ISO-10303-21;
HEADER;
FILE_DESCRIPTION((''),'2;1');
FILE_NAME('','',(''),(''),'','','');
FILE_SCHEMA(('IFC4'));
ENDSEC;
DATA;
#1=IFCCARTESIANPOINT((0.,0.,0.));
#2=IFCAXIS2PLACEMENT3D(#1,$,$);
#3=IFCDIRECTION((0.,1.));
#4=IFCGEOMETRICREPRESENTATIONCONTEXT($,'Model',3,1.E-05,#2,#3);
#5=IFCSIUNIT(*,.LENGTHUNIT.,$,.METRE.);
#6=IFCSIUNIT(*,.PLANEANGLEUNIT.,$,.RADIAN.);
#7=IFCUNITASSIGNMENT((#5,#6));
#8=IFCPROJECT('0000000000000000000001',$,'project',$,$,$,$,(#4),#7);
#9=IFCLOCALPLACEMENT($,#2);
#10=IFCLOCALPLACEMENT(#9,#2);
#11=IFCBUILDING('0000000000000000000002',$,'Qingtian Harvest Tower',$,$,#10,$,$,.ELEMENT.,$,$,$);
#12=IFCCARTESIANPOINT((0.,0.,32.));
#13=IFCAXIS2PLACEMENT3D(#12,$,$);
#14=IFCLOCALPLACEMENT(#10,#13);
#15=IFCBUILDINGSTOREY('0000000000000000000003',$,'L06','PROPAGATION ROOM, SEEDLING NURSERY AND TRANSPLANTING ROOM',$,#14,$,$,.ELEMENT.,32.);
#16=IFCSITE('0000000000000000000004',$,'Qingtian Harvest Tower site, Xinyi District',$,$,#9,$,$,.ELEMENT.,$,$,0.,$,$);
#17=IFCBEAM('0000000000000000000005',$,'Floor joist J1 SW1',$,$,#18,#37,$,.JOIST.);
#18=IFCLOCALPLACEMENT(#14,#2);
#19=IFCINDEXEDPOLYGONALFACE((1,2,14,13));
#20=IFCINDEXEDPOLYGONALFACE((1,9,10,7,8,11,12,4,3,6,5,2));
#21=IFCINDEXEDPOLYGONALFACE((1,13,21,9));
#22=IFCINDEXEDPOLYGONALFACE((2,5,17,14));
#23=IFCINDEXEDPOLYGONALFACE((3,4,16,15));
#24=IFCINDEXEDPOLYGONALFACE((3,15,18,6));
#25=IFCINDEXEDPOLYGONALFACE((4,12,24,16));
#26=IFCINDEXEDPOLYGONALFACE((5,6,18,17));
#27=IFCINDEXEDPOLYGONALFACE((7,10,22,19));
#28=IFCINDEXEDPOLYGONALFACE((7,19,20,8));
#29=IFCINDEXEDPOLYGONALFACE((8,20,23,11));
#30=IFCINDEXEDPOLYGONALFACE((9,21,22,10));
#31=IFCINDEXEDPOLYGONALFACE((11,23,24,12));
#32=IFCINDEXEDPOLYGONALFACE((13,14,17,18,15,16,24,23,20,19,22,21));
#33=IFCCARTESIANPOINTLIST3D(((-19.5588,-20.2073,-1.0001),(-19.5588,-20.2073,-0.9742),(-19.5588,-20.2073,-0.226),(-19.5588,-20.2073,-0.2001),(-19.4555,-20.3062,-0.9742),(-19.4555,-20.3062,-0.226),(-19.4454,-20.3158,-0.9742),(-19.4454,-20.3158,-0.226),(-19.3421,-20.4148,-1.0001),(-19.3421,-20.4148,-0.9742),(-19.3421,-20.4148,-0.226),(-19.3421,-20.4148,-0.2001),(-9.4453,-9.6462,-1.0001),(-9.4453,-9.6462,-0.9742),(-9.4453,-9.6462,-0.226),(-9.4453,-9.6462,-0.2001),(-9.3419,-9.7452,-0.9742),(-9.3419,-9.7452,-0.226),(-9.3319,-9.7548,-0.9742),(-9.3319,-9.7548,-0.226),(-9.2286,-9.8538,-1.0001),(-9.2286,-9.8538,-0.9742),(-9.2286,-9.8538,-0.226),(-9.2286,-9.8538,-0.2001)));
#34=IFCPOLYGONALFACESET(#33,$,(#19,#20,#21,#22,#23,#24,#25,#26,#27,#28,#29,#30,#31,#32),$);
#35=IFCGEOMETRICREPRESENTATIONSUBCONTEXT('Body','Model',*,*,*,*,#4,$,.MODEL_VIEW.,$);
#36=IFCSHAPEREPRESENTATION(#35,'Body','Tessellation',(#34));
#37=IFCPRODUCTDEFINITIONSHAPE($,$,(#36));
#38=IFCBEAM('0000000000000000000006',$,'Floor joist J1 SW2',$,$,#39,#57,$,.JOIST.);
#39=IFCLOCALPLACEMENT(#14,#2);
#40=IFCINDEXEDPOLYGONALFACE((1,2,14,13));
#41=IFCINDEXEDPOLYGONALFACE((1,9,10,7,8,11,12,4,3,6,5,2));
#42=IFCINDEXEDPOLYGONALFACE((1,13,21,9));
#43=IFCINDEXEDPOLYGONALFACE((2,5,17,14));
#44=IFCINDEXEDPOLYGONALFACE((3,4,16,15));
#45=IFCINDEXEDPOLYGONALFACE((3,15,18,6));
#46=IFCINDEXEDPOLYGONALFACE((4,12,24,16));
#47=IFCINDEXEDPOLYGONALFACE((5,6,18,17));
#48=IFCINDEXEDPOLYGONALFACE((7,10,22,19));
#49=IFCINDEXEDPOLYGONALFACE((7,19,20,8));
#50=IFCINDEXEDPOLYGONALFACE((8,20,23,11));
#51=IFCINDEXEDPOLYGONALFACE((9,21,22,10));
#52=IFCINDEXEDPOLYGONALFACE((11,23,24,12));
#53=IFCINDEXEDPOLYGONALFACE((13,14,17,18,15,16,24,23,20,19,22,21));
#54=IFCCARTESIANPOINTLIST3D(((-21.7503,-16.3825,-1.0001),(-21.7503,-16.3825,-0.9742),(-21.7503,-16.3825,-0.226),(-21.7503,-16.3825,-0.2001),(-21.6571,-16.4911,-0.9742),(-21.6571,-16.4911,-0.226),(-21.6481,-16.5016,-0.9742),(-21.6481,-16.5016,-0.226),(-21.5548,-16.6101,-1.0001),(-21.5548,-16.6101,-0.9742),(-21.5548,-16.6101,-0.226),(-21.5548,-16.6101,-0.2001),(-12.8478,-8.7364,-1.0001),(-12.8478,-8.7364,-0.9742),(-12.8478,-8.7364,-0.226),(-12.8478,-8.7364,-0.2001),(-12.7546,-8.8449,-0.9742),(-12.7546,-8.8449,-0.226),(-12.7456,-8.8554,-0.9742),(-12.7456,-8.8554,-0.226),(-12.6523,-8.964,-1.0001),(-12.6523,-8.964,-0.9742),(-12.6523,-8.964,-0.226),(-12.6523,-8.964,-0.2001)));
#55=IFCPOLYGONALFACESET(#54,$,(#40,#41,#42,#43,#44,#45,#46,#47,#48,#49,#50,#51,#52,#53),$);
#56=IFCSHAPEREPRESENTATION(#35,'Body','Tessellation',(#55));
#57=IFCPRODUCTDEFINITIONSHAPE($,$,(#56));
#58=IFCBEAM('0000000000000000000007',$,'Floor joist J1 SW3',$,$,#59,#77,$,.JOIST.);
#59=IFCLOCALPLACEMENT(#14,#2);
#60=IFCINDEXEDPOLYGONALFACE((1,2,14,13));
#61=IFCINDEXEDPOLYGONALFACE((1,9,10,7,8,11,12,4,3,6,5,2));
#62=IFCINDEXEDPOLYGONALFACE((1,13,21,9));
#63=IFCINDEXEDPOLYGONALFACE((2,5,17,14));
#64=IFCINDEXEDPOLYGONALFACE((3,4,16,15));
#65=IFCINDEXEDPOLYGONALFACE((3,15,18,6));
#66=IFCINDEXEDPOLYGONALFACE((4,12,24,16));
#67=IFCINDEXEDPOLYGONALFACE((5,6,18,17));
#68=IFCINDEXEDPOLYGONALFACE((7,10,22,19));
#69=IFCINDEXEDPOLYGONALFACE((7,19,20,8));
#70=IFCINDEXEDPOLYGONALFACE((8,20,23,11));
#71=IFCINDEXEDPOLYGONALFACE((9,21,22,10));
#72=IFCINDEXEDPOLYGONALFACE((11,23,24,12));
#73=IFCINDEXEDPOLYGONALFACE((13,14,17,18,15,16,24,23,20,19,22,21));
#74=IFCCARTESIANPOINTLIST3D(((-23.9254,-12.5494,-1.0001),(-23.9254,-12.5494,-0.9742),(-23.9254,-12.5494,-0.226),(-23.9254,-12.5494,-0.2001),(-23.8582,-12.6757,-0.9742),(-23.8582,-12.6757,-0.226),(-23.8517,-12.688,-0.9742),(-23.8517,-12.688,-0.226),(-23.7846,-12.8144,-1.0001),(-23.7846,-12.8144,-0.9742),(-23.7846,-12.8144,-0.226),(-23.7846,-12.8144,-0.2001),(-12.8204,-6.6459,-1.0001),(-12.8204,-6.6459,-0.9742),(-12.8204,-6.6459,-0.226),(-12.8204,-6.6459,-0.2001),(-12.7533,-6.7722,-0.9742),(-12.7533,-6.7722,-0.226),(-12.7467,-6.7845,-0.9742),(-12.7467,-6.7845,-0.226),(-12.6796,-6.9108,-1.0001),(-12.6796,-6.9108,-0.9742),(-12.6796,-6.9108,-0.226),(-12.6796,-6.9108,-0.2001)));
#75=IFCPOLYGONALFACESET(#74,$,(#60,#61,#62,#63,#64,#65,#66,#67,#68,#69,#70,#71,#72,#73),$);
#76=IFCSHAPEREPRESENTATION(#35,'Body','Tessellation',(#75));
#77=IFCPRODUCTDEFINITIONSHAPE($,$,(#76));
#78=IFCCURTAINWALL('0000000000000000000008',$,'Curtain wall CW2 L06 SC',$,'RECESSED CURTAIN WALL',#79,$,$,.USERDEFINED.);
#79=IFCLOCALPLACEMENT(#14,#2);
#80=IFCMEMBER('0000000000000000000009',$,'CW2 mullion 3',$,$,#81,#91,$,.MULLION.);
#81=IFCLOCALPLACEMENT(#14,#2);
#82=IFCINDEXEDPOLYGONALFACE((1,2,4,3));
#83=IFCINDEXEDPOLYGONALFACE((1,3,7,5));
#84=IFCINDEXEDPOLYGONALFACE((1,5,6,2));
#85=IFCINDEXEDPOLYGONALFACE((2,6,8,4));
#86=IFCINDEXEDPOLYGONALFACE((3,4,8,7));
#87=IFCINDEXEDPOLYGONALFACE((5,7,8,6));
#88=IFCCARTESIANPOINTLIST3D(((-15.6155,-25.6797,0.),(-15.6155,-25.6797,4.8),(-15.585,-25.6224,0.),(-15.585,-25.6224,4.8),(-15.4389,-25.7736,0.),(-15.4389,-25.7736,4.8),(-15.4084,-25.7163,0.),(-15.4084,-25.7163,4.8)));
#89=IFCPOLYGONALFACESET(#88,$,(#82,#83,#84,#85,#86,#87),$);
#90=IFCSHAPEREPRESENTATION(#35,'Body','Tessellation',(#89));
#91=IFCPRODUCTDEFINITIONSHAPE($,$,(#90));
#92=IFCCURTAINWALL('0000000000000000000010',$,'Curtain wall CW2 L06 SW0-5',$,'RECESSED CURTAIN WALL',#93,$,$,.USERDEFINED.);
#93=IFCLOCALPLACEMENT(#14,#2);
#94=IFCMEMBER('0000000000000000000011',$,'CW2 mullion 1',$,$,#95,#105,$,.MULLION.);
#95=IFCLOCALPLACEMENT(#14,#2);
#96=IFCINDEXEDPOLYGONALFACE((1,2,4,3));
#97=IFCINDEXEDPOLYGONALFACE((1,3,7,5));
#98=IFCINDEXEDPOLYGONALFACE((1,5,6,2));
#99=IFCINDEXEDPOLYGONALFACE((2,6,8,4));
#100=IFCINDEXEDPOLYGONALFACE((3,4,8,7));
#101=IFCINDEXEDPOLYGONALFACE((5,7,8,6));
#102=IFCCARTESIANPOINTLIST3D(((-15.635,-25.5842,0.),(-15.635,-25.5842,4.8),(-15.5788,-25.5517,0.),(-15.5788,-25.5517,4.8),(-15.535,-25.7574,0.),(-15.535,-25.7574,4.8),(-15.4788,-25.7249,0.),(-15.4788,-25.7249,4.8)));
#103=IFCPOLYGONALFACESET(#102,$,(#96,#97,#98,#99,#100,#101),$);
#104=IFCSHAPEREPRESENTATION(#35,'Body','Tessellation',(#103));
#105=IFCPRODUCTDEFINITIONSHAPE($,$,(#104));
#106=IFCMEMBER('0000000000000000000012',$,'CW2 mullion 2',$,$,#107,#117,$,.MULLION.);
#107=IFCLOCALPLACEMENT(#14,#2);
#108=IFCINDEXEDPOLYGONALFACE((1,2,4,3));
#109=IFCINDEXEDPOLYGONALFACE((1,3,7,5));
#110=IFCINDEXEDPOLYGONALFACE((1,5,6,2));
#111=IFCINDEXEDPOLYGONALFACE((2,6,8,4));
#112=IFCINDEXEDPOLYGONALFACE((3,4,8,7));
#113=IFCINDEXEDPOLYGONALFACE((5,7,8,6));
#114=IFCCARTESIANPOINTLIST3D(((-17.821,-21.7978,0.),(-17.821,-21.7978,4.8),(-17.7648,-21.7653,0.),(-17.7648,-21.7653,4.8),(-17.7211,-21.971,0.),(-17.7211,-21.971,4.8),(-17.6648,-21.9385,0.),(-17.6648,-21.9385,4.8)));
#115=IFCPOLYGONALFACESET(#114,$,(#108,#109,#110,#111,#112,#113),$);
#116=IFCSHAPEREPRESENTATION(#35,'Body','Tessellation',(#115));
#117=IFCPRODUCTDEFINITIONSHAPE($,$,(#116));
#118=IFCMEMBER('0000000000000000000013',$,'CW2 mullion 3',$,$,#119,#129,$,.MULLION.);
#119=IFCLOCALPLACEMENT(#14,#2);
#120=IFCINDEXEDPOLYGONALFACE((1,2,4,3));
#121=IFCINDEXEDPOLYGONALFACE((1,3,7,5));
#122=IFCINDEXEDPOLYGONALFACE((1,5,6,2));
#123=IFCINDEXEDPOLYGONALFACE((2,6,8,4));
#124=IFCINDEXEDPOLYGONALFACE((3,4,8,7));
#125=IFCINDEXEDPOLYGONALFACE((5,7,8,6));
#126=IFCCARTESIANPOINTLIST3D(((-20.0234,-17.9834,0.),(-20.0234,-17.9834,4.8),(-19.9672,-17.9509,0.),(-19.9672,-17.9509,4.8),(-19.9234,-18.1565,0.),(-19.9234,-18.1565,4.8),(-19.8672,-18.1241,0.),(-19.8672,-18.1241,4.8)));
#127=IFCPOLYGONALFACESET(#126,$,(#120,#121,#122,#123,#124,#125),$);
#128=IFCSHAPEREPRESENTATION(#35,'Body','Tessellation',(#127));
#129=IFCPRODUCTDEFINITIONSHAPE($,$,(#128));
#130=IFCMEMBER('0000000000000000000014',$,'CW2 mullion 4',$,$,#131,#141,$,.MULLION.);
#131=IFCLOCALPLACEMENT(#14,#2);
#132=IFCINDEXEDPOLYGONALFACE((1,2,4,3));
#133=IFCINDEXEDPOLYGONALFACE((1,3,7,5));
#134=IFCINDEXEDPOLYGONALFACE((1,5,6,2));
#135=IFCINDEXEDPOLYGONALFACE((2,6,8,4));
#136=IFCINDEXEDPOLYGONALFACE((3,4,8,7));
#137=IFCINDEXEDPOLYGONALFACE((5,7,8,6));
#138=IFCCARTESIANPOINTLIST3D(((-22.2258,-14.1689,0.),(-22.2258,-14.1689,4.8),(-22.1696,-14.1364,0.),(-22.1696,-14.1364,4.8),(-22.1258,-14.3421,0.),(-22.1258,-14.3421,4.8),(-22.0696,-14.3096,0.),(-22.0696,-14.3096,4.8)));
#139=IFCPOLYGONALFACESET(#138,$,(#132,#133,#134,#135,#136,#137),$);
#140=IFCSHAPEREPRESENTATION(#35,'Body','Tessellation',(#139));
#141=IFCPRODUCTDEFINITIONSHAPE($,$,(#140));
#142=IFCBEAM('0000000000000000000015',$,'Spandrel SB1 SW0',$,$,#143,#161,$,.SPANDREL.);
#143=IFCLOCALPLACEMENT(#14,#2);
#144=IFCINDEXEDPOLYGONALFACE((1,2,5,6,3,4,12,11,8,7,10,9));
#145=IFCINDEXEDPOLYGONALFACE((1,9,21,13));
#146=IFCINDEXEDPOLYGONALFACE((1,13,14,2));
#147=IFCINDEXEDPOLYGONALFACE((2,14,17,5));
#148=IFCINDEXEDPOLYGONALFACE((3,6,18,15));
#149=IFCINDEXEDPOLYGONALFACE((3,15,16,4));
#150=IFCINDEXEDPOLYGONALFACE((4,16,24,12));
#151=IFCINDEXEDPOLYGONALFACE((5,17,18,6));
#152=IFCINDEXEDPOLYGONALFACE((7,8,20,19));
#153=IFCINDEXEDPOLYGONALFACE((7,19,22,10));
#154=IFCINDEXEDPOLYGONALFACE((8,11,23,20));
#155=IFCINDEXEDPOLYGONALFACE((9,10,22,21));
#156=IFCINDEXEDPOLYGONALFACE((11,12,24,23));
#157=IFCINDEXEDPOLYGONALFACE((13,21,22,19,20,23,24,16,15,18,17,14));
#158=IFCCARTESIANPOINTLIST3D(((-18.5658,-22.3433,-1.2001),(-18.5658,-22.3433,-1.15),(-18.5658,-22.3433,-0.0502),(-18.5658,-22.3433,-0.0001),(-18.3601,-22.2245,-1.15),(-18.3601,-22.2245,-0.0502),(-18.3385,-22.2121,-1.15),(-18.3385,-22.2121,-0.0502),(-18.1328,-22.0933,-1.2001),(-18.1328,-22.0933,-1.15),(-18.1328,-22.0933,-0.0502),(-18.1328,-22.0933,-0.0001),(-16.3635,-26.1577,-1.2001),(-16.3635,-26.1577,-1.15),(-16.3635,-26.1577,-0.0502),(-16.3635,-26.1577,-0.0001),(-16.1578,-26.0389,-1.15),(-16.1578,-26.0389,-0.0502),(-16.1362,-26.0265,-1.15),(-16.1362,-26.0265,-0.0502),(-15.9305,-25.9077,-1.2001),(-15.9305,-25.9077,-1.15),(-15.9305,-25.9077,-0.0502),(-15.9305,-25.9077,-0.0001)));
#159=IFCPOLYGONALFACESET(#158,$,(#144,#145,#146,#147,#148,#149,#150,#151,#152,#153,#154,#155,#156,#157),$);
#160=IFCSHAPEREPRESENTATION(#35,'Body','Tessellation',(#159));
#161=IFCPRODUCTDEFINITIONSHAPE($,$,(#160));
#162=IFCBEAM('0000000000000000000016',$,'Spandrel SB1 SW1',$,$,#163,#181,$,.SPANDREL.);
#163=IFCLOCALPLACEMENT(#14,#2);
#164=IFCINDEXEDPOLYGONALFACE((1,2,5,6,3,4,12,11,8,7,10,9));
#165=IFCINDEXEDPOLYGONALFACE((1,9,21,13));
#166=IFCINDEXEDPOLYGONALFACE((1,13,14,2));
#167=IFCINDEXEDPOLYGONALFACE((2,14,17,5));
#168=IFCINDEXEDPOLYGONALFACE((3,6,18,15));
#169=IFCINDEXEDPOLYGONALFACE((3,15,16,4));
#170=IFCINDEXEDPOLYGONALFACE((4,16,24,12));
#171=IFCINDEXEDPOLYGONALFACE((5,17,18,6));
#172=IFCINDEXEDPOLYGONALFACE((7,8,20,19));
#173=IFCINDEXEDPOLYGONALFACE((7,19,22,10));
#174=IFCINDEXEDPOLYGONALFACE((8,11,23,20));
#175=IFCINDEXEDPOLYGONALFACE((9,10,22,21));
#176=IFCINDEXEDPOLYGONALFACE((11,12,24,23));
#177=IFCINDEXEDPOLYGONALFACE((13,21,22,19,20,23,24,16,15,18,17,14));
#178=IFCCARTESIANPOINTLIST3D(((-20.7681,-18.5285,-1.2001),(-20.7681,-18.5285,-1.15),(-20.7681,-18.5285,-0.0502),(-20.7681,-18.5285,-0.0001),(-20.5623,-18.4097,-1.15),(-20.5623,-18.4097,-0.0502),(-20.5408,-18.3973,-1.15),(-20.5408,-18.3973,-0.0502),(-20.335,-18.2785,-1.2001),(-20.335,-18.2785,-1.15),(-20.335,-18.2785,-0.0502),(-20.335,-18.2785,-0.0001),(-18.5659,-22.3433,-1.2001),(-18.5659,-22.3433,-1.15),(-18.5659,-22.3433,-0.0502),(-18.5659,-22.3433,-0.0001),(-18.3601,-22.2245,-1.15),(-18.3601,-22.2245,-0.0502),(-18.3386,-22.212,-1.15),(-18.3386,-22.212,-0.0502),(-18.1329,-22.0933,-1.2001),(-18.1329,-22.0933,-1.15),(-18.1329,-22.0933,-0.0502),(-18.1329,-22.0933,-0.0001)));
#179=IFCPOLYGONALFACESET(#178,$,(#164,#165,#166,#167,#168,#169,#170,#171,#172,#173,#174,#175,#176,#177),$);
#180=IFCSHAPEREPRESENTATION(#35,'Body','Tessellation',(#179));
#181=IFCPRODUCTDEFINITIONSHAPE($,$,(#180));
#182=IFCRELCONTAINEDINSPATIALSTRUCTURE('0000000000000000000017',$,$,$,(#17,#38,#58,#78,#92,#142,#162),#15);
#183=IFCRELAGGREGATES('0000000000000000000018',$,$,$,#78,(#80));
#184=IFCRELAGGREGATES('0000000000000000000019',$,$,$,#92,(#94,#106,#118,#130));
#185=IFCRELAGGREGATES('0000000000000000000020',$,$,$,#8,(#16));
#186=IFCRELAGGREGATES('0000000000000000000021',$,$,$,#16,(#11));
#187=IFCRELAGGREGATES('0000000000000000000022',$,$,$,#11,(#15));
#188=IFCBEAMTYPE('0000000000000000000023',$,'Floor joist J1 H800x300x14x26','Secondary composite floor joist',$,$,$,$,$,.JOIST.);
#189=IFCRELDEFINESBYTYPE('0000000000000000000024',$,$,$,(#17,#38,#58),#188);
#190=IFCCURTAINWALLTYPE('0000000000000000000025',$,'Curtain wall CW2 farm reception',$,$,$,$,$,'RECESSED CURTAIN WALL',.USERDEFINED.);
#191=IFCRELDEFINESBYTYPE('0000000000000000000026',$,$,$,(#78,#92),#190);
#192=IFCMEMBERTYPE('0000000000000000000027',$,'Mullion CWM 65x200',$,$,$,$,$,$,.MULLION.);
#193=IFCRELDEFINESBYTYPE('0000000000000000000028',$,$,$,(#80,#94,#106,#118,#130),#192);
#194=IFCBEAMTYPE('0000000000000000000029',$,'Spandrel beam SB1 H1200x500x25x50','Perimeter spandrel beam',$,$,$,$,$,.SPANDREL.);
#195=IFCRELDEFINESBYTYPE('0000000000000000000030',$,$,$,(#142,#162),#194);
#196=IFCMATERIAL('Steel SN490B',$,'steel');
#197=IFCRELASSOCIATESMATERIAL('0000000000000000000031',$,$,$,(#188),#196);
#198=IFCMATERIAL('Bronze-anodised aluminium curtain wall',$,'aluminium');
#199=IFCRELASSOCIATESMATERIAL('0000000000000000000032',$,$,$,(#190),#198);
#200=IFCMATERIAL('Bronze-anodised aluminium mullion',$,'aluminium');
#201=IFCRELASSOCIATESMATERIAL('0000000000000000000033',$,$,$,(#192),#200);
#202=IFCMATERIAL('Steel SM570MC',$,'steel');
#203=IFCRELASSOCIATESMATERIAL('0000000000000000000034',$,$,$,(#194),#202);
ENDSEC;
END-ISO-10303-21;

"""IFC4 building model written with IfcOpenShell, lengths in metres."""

from ifc_helpers import new_model, si_unit, direction, frame, origin, origin_2d, place, context, subcontext, project, spatial, rectangle, i_section, extrude, material, material_profile, profile_set, type_object, element, aggregate, save


model = new_model("IFC4")

# Units and contexts
model_context = context("Model", 3, precision=1e-05, world=origin(), true_north=direction((0.0, 1.0)))
body_context = subcontext(model_context, "Body", "Model", "MODEL_VIEW")
ifc_project = project(units=[si_unit("LENGTHUNIT", "METRE"), si_unit("PLANEANGLEUNIT", "RADIAN")], contexts=[model_context])

# Site, building, storey
site_placement = place(None, origin())
site = spatial("IfcSite", under=ifc_project, at=site_placement, Name="Qingtian Harvest Tower site, Xinyi District", CompositionType="ELEMENT", RefElevation=0.0)
building_placement = place(site_placement, origin())
building = spatial("IfcBuilding", under=site, at=building_placement, Name="Qingtian Harvest Tower", CompositionType="ELEMENT")
storey_placement = place(building_placement, frame((0.0, 0.0, 32.0)))
storey = spatial("IfcBuildingStorey", under=building, at=storey_placement, Name="L06", Description="PROPAGATION ROOM, SEEDLING NURSERY AND TRANSPLANTING ROOM", CompositionType="ELEMENT", Elevation=32.0)

# Beams
ifc_material_1 = material(Name="Steel SN490B", Category="steel")
ifc_material_profile_1 = material_profile(ifc_material_1, i_section(OverallWidth=0.3, OverallDepth=0.8, WebThickness=0.0139, FlangeThickness=0.0259, at=origin_2d()), Name="H800x300x14x26")
ifc_profile_set_1 = profile_set([ifc_material_profile_1], Name="Steel SN490B")
beam_type_1 = type_object("IfcBeamType", Name="Floor joist J1 H800x300x14x26", Description="Secondary composite floor joist", PredefinedType="JOIST", material=ifc_profile_set_1)
beam_1_placement = place(storey_placement, frame((-19.4504, -20.311, -0.6001), z_axis=(0.691639, 0.722243, 0.0), x_axis=(-0.722243, 0.691639, 0.0)))
element("IfcBeam", 1, at=beam_1_placement, inside=storey, type_object=beam_type_1, Name="Floor joist J1 SW1", PredefinedType="JOIST", context=body_context, shape_type="SweptSolid", body=[
    extrude(i_section(OverallWidth=0.3, OverallDepth=0.8, WebThickness=0.0139, FlangeThickness=0.0259, at=origin_2d()), origin(), (0.0, 0.0, 1.0), 14.6226),
])
beam_2_placement = place(storey_placement, frame((-21.6526, -16.4963, -0.6001), z_axis=(0.758606, 0.65155, 0.0), x_axis=(-0.65155, 0.758606, 0.0)))
element("IfcBeam", 2, at=beam_2_placement, inside=storey, type_object=beam_type_1, Name="Floor joist J1 SW2", PredefinedType="JOIST", context=body_context, shape_type="SweptSolid", body=[
    extrude(i_section(OverallWidth=0.3, OverallDepth=0.8, WebThickness=0.0139, FlangeThickness=0.0259, at=origin_2d()), origin(), (0.0, 0.0, 1.0), 11.7354),
])
beam_3_placement = place(storey_placement, frame((-23.855, -12.6819, -0.6001), z_axis=(0.882982, 0.469406, 0.0), x_axis=(-0.469406, 0.882982, 0.0)))
element("IfcBeam", 3, at=beam_3_placement, inside=storey, type_object=beam_type_1, Name="Floor joist J1 SW3", PredefinedType="JOIST", context=body_context, shape_type="SweptSolid", body=[
    extrude(i_section(OverallWidth=0.3, OverallDepth=0.8, WebThickness=0.0139, FlangeThickness=0.0259, at=origin_2d()), origin(), (0.0, 0.0, 1.0), 12.5767),
])

# Curtain wall, member
ifc_material_2 = material(Name="Bronze-anodised aluminium curtain wall", Category="aluminium")
curtain_wall_type = type_object("IfcCurtainWallType", Name="Curtain wall CW2 farm reception", ElementType="RECESSED CURTAIN WALL", PredefinedType="USERDEFINED", material=ifc_material_2)
curtain_wall_1_placement = place(storey_placement, origin())
curtain_wall_1 = element("IfcCurtainWall", 4, at=curtain_wall_1_placement, inside=storey, type_object=curtain_wall_type, Name="Curtain wall CW2 L06 SC", ObjectType="RECESSED CURTAIN WALL", PredefinedType="USERDEFINED")
ifc_material_3 = material(Name="Bronze-anodised aluminium mullion", Category="aluminium")
ifc_material_profile_2 = material_profile(ifc_material_3, rectangle(XDim=0.0649, YDim=0.2, at=origin_2d()), Name="AL 65x200")
ifc_profile_set_2 = profile_set([ifc_material_profile_2], Name="Bronze-anodised aluminium mullion")
member_type_1 = type_object("IfcMemberType", Name="Mullion CWM 65x200", PredefinedType="MULLION", material=ifc_profile_set_2)
member_1_placement = place(storey_placement, frame((-15.512, -25.698, 0.0), z_axis=(0.0, 0.0, 1.0), x_axis=(-0.469472, -0.882948, 0.0)))
member_1 = element("IfcMember", 5, at=member_1_placement, type_object=member_type_1, Name="CW2 mullion 3", PredefinedType="MULLION", context=body_context, shape_type="SweptSolid", body=[
    extrude(rectangle(XDim=0.0649, YDim=0.2, at=origin_2d()), origin(), (0.0, 0.0, 1.0), 4.8),
])
aggregate(curtain_wall_1, [member_1])

# Curtain wall, members
curtain_wall_2_placement = place(storey_placement, origin())
curtain_wall_2 = element("IfcCurtainWall", 6, at=curtain_wall_2_placement, inside=storey, type_object=curtain_wall_type, Name="Curtain wall CW2 L06 SW0-5", ObjectType="RECESSED CURTAIN WALL", PredefinedType="USERDEFINED")
member_2_placement = place(storey_placement, frame((-15.5569, -25.6545, 0.0), z_axis=(0.0, 0.0, 1.0), x_axis=(-0.866025, -0.5, 0.0)))
member_2 = element("IfcMember", 7, at=member_2_placement, type_object=member_type_1, Name="CW2 mullion 1", PredefinedType="MULLION", context=body_context, shape_type="SweptSolid", body=[
    extrude(rectangle(XDim=0.0649, YDim=0.2, at=origin_2d()), origin(), (0.0, 0.0, 1.0), 4.8),
])
member_3_placement = place(storey_placement, frame((-17.7429, -21.8682, 0.0), z_axis=(0.0, 0.0, 1.0), x_axis=(-0.866025, -0.5, 0.0)))
member_3 = element("IfcMember", 8, at=member_3_placement, type_object=member_type_1, Name="CW2 mullion 2", PredefinedType="MULLION", context=body_context, shape_type="SweptSolid", body=[
    extrude(rectangle(XDim=0.0649, YDim=0.2, at=origin_2d()), origin(), (0.0, 0.0, 1.0), 4.8),
])
member_4_placement = place(storey_placement, frame((-19.9453, -18.0537, 0.0), z_axis=(0.0, 0.0, 1.0), x_axis=(-0.866025, -0.5, 0.0)))
member_4 = element("IfcMember", 9, at=member_4_placement, type_object=member_type_1, Name="CW2 mullion 3", PredefinedType="MULLION", context=body_context, shape_type="SweptSolid", body=[
    extrude(rectangle(XDim=0.0649, YDim=0.2, at=origin_2d()), origin(), (0.0, 0.0, 1.0), 4.8),
])
member_5_placement = place(storey_placement, frame((-22.1477, -14.2393, 0.0), z_axis=(0.0, 0.0, 1.0), x_axis=(-0.866025, -0.5, 0.0)))
member_5 = element("IfcMember", 10, at=member_5_placement, type_object=member_type_1, Name="CW2 mullion 4", PredefinedType="MULLION", context=body_context, shape_type="SweptSolid", body=[
    extrude(rectangle(XDim=0.0649, YDim=0.2, at=origin_2d()), origin(), (0.0, 0.0, 1.0), 4.8),
])

# Beams
ifc_material_4 = material(Name="Steel SM570MC", Category="steel")
ifc_material_profile_3 = material_profile(ifc_material_4, i_section(OverallWidth=0.5, OverallDepth=1.2, WebThickness=0.0249, FlangeThickness=0.05, at=origin_2d()), Name="H1200x500x25x50")
ifc_profile_set_3 = profile_set([ifc_material_profile_3], Name="Steel SM570MC")
beam_type_2 = type_object("IfcBeamType", Name="Spandrel beam SB1 H1200x500x25x50", Description="Perimeter spandrel beam", PredefinedType="SPANDREL", material=ifc_profile_set_3)
beam_4_placement = place(storey_placement, frame((-16.147, -26.0327, -0.6001), z_axis=(-0.50002, 0.866014, 0.0), x_axis=(-0.866014, -0.50002, 0.0)))
element("IfcBeam", 11, at=beam_4_placement, inside=storey, type_object=beam_type_2, Name="Spandrel SB1 SW0", PredefinedType="SPANDREL", context=body_context, shape_type="SweptSolid", body=[
    extrude(i_section(OverallWidth=0.5, OverallDepth=1.2, WebThickness=0.0249, FlangeThickness=0.05, at=origin_2d()), origin(), (0.0, 0.0, 1.0), 4.4045),
])
beam_5_placement = place(storey_placement, frame((-18.3494, -22.2183, -0.6001), z_axis=(-0.499954, 0.866052, 0.0), x_axis=(-0.866052, -0.499954, 0.0)))
element("IfcBeam", 12, at=beam_5_placement, inside=storey, type_object=beam_type_2, Name="Spandrel SB1 SW1", PredefinedType="SPANDREL", context=body_context, shape_type="SweptSolid", body=[
    extrude(i_section(OverallWidth=0.5, OverallDepth=1.2, WebThickness=0.0249, FlangeThickness=0.05, at=origin_2d()), origin(), (0.0, 0.0, 1.0), 4.4048),
])

aggregate(curtain_wall_2, [member_2, member_3, member_4, member_5])

save(model, "model.ifc")
